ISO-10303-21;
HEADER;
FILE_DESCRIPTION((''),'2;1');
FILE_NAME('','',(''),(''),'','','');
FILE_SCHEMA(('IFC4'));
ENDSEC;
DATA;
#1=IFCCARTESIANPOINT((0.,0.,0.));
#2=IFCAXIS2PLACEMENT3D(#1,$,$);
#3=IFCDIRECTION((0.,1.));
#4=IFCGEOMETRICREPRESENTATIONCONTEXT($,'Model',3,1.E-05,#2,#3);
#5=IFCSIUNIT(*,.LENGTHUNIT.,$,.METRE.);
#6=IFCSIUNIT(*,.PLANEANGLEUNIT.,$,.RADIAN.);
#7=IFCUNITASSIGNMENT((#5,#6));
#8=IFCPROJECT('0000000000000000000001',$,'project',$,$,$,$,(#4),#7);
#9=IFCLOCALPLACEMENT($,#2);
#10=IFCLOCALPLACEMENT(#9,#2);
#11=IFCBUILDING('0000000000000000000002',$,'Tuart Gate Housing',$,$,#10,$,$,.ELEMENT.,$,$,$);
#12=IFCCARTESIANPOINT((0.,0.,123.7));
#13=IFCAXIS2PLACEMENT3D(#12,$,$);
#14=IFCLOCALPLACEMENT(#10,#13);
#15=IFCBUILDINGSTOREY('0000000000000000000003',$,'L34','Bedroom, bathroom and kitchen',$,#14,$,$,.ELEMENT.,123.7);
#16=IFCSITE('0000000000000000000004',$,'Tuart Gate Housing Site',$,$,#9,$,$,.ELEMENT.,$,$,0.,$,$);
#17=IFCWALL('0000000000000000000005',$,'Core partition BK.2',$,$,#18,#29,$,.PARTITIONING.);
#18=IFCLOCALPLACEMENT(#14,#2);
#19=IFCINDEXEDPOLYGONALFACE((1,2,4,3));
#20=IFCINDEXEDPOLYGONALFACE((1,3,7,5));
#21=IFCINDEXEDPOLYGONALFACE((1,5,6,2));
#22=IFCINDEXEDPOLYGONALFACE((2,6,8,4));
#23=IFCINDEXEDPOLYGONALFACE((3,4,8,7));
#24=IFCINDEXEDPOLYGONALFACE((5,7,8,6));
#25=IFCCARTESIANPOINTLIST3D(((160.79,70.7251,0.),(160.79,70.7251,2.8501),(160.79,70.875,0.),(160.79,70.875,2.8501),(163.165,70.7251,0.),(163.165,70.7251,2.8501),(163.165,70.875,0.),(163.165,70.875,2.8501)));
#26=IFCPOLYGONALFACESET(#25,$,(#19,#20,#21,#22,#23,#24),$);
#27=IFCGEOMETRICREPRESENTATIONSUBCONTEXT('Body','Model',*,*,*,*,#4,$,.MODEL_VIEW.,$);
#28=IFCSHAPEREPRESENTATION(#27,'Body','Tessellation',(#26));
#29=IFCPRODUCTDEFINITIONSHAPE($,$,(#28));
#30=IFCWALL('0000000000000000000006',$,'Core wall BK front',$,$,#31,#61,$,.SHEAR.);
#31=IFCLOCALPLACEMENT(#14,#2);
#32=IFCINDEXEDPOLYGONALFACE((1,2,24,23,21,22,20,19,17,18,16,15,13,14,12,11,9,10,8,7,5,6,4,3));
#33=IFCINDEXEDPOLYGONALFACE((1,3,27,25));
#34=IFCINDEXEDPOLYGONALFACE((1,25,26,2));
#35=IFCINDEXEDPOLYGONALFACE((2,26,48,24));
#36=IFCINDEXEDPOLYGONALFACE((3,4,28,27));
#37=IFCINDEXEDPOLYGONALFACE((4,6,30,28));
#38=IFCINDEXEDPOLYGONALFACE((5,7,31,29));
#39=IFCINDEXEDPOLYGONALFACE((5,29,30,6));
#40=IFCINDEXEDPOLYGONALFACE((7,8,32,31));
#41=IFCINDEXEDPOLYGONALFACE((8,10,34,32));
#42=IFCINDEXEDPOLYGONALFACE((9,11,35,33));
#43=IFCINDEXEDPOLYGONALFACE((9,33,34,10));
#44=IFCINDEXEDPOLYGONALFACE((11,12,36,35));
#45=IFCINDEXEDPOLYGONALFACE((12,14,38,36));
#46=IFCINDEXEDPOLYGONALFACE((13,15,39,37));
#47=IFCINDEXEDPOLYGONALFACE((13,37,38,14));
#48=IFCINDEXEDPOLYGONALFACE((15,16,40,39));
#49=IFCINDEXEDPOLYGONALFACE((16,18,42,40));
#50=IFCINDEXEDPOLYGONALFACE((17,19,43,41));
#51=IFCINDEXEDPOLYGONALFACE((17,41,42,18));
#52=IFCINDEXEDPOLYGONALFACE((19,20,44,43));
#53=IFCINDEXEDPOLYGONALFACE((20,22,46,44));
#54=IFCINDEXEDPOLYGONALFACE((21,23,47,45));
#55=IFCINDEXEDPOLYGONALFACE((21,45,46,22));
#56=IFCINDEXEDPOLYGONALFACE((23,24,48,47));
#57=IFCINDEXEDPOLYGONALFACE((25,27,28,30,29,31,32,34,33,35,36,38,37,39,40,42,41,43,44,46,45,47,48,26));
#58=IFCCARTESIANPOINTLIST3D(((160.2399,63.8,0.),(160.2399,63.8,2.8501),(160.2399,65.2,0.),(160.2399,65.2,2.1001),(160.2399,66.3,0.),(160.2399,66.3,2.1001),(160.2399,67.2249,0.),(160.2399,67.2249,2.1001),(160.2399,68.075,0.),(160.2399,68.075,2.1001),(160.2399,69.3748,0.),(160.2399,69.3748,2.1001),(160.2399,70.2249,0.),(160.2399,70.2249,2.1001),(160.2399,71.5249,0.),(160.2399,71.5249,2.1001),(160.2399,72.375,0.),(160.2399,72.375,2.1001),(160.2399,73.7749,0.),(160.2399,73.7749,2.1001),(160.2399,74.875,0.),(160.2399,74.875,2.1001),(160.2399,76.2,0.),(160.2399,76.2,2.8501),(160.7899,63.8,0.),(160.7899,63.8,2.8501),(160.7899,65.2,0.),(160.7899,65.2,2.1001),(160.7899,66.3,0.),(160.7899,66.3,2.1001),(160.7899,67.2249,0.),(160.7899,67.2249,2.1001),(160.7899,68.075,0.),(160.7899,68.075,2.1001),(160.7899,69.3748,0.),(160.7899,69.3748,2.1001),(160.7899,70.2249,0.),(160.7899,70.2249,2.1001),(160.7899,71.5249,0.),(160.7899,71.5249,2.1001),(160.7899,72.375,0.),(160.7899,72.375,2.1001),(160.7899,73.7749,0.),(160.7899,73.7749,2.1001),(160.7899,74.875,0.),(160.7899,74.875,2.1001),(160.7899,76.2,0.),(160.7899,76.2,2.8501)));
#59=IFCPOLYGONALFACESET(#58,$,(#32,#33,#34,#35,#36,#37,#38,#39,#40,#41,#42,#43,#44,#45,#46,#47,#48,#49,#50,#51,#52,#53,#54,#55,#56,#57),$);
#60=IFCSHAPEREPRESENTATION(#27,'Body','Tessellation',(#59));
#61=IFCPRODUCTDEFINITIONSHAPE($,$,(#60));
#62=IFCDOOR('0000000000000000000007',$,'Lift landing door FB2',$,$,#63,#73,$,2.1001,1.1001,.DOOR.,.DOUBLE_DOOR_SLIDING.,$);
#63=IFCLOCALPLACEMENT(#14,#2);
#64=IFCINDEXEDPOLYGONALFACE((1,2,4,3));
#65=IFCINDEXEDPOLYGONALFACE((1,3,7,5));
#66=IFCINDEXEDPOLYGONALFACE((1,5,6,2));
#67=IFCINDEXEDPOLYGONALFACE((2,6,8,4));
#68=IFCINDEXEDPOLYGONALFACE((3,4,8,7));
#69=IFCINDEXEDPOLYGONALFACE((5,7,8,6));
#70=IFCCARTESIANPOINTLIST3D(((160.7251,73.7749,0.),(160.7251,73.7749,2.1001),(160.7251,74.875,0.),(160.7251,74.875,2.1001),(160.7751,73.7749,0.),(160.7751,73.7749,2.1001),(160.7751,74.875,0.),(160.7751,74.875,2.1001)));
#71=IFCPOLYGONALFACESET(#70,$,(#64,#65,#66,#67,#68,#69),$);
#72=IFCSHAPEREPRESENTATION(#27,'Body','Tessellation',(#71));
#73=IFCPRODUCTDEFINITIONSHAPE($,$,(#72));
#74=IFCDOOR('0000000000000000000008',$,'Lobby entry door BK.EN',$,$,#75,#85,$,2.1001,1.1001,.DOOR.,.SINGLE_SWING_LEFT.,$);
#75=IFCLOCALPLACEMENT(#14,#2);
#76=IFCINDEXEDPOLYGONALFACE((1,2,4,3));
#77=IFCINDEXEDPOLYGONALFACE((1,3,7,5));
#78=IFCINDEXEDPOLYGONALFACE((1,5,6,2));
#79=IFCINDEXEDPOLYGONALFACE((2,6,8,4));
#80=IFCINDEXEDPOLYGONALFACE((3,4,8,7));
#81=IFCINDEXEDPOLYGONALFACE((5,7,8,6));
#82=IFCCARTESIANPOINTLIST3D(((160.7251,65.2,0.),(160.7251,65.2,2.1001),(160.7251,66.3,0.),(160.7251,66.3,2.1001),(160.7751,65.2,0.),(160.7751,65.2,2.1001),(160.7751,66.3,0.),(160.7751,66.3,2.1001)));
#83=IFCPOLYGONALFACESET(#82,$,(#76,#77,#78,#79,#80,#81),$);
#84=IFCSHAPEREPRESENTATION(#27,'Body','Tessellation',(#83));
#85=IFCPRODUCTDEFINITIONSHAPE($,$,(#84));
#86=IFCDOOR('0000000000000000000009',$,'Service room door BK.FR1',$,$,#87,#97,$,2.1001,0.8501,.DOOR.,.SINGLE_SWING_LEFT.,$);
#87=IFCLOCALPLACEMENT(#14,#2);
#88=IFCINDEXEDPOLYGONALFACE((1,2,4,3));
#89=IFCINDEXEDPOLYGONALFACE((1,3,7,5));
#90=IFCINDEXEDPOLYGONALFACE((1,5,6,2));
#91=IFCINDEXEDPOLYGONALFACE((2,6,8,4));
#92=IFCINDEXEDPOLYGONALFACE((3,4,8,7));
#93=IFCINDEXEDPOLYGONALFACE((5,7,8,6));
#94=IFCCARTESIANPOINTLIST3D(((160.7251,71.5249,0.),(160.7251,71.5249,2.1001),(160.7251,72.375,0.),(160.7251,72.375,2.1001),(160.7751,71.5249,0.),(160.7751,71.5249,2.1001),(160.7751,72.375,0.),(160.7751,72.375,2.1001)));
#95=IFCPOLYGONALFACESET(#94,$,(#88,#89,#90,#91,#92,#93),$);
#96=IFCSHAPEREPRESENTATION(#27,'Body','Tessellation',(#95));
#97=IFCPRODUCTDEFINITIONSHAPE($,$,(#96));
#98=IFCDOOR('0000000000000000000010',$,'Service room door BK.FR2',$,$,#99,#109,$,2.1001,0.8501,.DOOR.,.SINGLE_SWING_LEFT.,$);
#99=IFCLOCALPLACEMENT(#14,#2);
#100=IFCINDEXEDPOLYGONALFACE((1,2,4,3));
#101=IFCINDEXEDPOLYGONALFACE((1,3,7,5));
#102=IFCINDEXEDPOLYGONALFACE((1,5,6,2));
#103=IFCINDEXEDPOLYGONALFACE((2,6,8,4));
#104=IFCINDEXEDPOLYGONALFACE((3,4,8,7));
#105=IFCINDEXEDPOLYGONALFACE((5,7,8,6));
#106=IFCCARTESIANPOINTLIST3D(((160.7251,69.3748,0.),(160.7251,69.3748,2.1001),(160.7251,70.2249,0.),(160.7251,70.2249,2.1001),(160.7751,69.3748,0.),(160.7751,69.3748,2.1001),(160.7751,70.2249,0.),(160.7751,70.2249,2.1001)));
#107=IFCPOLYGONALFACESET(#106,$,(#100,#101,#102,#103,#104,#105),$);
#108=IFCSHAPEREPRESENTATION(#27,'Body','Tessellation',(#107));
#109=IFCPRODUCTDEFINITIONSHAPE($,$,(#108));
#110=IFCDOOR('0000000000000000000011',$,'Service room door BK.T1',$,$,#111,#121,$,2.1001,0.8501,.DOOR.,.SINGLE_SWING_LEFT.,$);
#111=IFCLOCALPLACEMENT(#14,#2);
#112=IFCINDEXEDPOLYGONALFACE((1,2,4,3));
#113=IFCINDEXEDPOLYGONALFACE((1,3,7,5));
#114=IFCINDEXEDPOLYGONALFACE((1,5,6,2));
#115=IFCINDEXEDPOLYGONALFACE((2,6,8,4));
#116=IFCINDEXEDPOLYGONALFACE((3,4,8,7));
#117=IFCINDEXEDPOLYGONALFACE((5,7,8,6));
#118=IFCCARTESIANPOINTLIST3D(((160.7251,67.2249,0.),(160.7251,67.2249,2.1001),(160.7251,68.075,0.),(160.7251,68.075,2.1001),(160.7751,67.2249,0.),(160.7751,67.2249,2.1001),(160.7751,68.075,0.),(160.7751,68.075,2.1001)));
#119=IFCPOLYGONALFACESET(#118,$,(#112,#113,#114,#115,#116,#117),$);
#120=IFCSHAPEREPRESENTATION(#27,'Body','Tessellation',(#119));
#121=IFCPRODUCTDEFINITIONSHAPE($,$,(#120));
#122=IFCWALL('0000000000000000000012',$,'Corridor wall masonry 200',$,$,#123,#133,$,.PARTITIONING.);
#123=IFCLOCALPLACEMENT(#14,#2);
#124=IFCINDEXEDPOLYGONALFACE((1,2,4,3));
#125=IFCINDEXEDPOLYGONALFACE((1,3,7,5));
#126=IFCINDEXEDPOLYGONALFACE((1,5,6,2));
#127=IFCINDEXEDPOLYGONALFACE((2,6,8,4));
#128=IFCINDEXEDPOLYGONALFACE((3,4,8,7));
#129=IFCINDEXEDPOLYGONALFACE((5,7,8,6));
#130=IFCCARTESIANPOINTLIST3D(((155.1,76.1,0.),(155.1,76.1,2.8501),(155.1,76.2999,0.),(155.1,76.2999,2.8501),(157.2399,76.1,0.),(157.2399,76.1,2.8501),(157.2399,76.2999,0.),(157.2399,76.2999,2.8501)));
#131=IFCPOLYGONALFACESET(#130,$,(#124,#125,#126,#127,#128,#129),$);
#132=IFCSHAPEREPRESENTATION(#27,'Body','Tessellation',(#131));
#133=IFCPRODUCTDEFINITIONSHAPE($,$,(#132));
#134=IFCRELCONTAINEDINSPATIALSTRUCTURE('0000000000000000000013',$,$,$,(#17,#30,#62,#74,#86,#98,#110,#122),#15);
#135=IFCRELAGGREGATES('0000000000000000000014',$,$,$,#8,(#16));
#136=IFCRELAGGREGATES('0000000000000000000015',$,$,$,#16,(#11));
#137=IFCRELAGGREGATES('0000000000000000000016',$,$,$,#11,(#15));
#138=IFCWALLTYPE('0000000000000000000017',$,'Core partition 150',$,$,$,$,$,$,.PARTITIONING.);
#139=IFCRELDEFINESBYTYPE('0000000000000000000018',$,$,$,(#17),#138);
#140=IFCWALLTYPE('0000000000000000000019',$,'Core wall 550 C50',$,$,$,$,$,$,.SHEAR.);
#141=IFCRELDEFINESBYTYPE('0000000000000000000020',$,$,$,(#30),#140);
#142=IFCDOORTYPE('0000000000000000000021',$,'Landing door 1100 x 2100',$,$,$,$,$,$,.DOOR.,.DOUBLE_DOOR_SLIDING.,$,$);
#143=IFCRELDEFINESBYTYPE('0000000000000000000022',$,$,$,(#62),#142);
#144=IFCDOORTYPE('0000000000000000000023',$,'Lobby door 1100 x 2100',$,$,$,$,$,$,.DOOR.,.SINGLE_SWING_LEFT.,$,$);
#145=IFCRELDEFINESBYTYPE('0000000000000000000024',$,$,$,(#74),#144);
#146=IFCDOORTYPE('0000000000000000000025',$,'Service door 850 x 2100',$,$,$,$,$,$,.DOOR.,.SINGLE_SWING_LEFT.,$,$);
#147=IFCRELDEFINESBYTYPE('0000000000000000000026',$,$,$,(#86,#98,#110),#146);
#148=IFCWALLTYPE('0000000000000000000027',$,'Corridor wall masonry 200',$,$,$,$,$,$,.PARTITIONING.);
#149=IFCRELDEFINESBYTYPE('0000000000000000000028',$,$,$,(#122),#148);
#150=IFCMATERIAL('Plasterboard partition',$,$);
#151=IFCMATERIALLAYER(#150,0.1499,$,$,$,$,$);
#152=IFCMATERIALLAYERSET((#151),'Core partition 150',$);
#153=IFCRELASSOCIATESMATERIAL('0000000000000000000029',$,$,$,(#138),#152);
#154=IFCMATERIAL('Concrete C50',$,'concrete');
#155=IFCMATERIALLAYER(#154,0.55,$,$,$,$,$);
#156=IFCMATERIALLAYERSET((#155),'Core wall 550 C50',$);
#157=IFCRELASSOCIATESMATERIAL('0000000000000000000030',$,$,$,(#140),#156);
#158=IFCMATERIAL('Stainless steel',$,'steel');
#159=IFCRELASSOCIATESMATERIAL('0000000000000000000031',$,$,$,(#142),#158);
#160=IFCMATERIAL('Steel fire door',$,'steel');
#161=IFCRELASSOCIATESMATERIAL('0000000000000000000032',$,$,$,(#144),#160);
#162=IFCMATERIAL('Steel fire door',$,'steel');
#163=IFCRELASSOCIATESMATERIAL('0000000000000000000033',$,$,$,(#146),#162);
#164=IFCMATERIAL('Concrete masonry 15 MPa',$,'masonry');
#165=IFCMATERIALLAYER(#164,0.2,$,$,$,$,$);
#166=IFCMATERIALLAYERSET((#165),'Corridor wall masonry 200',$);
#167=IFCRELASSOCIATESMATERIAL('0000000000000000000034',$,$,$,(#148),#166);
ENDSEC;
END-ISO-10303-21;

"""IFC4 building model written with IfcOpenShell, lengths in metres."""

from ifc_helpers import new_model, si_unit, direction, frame, frame_2d, origin, place, context, subcontext, project, spatial, rectangle, extrude, material, layer, layer_set, type_object, element, fill, save


model = new_model("IFC4")

# Units and contexts
model_context = context("Model", 3, precision=1e-05, world=origin(), true_north=direction((0.0, 1.0)))
body_context = subcontext(model_context, "Body", "Model", "MODEL_VIEW")
ifc_project = project(units=[si_unit("LENGTHUNIT", "METRE"), si_unit("PLANEANGLEUNIT", "RADIAN")], contexts=[model_context])

# Site, building, storey
site_placement = place(None, origin())
site = spatial("IfcSite", under=ifc_project, at=site_placement, Name="Tuart Gate Housing Site", CompositionType="ELEMENT", RefElevation=0.0)
building_placement = place(site_placement, origin())
building = spatial("IfcBuilding", under=site, at=building_placement, Name="Tuart Gate Housing", CompositionType="ELEMENT")
storey_placement = place(building_placement, frame((0.0, 0.0, 123.7)))
storey = spatial("IfcBuildingStorey", under=building, at=storey_placement, Name="L34", Description="Bedroom, bathroom and kitchen", CompositionType="ELEMENT", Elevation=123.7)

# Wall
ifc_material_1 = material(Name="Plasterboard partition")
ifc_layer_1 = layer(ifc_material_1, 0.1499)
ifc_layer_set_1 = layer_set([ifc_layer_1], Name="Core partition 150")
wall_type_1 = type_object("IfcWallType", Name="Core partition 150", PredefinedType="PARTITIONING", material=ifc_layer_set_1)
wall_1_placement = place(storey_placement, frame((160.79, 70.8, 0.0), z_axis=(0.0, 0.0, 1.0), x_axis=(1.0, 0.0, 0.0)))
element("IfcWall", 1, at=wall_1_placement, inside=storey, type_object=wall_type_1, Name="Core partition BK.2", PredefinedType="PARTITIONING", context=body_context, shape_type="SweptSolid", body=[
    extrude(rectangle(XDim=2.375, YDim=0.1499, at=frame_2d((1.1875, 0.0))), origin(), (0.0, 0.0, 1.0), 2.8501),
])

# Wall, openings, doors
ifc_material_2 = material(Name="Concrete C50", Category="concrete")
ifc_layer_2 = layer(ifc_material_2, 0.55)
ifc_layer_set_2 = layer_set([ifc_layer_2], Name="Core wall 550 C50")
wall_type_2 = type_object("IfcWallType", Name="Core wall 550 C50", PredefinedType="SHEAR", material=ifc_layer_set_2)
wall_2_placement = place(storey_placement, frame((160.5149, 76.2, 0.0), z_axis=(0.0, 0.0, 1.0), x_axis=(0.0, -1.0, 0.0)))
wall_2 = element("IfcWall", 2, at=wall_2_placement, inside=storey, type_object=wall_type_2, Name="Core wall BK front", PredefinedType="SHEAR", context=body_context, shape_type="SweptSolid", body=[
    extrude(rectangle(XDim=12.3999, YDim=0.55, at=frame_2d((6.2, 0.0))), origin(), (0.0, 0.0, 1.0), 2.8501),
])
opening_1_placement = place(wall_2_placement, frame((1.325, 0.0, 0.0)))
opening_1 = element("IfcOpeningElement", 3, at=opening_1_placement, cuts=wall_2, PredefinedType="OPENING", context=body_context, shape_type="SweptSolid", body=[
    extrude(rectangle(XDim=1.1001, YDim=2.1001, at=frame_2d((0.55, 1.05))), frame((0.0, 0.2849, 0.0), z_axis=(0.0, -1.0, 0.0), x_axis=(1.0, 0.0, 0.0)), (0.0, 0.0, 1.0), 0.5701),
])
opening_2_placement = place(wall_2_placement, frame((3.825, 0.0, 0.0)))
opening_2 = element("IfcOpeningElement", 4, at=opening_2_placement, cuts=wall_2, PredefinedType="OPENING", context=body_context, shape_type="SweptSolid", body=[
    extrude(rectangle(XDim=0.8501, YDim=2.1001, at=frame_2d((0.425, 1.05))), frame((0.0, 0.2849, 0.0), z_axis=(0.0, -1.0, 0.0), x_axis=(1.0, 0.0, 0.0)), (0.0, 0.0, 1.0), 0.5701),
])
opening_3_placement = place(wall_2_placement, frame((5.9751, 0.0, 0.0)))
opening_3 = element("IfcOpeningElement", 5, at=opening_3_placement, cuts=wall_2, PredefinedType="OPENING", context=body_context, shape_type="SweptSolid", body=[
    extrude(rectangle(XDim=0.8501, YDim=2.1001, at=frame_2d((0.425, 1.05))), frame((0.0, 0.2849, 0.0), z_axis=(0.0, -1.0, 0.0), x_axis=(1.0, 0.0, 0.0)), (0.0, 0.0, 1.0), 0.5701),
])
opening_4_placement = place(wall_2_placement, frame((9.8999, 0.0, 0.0)))
opening_4 = element("IfcOpeningElement", 6, at=opening_4_placement, cuts=wall_2, PredefinedType="OPENING", context=body_context, shape_type="SweptSolid", body=[
    extrude(rectangle(XDim=1.1001, YDim=2.1001, at=frame_2d((0.55, 1.05))), frame((0.0, 0.2849, 0.0), z_axis=(0.0, -1.0, 0.0), x_axis=(1.0, 0.0, 0.0)), (0.0, 0.0, 1.0), 0.5701),
])
opening_5_placement = place(wall_2_placement, frame((8.125, 0.0, 0.0)))
opening_5 = element("IfcOpeningElement", 7, at=opening_5_placement, cuts=wall_2, PredefinedType="OPENING", context=body_context, shape_type="SweptSolid", body=[
    extrude(rectangle(XDim=0.8501, YDim=2.1001, at=frame_2d((0.425, 1.05))), frame((0.0, 0.2849, 0.0), z_axis=(0.0, -1.0, 0.0), x_axis=(1.0, 0.0, 0.0)), (0.0, 0.0, 1.0), 0.5701),
])
ifc_material_3 = material(Name="Stainless steel", Category="steel")
door_type_1 = type_object("IfcDoorType", Name="Landing door 1100 x 2100", OperationType="DOUBLE_DOOR_SLIDING", PredefinedType="DOOR", material=ifc_material_3)
door_1_placement = place(opening_1_placement, origin())
door_1 = element("IfcDoor", 8, at=door_1_placement, inside=storey, type_object=door_type_1, Name="Lift landing door FB2", OperationType="DOUBLE_DOOR_SLIDING", OverallHeight=2.1001, OverallWidth=1.1001, PredefinedType="DOOR", context=body_context, shape_type="SweptSolid", body=[
    extrude(rectangle(XDim=1.1001, YDim=2.1001, at=frame_2d((0.55, 1.05))), frame((0.0, 0.2603, 0.0), z_axis=(0.0, -1.0, 0.0), x_axis=(1.0, 0.0, 0.0)), (0.0, 0.0, 1.0), 0.05),
])
fill(opening_1, door_1)
ifc_material_4 = material(Name="Steel fire door", Category="steel")
door_type_2 = type_object("IfcDoorType", Name="Lobby door 1100 x 2100", OperationType="SINGLE_SWING_LEFT", PredefinedType="DOOR", material=ifc_material_4)
door_2_placement = place(opening_4_placement, origin())
door_2 = element("IfcDoor", 9, at=door_2_placement, inside=storey, type_object=door_type_2, Name="Lobby entry door BK.EN", OperationType="SINGLE_SWING_LEFT", OverallHeight=2.1001, OverallWidth=1.1001, PredefinedType="DOOR", context=body_context, shape_type="SweptSolid", body=[
    extrude(rectangle(XDim=1.1001, YDim=2.1001, at=frame_2d((0.55, 1.05))), frame((0.0, 0.2603, 0.0), z_axis=(0.0, -1.0, 0.0), x_axis=(1.0, 0.0, 0.0)), (0.0, 0.0, 1.0), 0.05),
])
fill(opening_4, door_2)
ifc_material_5 = material(Name="Steel fire door", Category="steel")
door_type_3 = type_object("IfcDoorType", Name="Service door 850 x 2100", OperationType="SINGLE_SWING_LEFT", PredefinedType="DOOR", material=ifc_material_5)
door_3_placement = place(opening_2_placement, origin())
door_3 = element("IfcDoor", 10, at=door_3_placement, inside=storey, type_object=door_type_3, Name="Service room door BK.FR1", OperationType="SINGLE_SWING_LEFT", OverallHeight=2.1001, OverallWidth=0.8501, PredefinedType="DOOR", context=body_context, shape_type="SweptSolid", body=[
    extrude(rectangle(XDim=0.8501, YDim=2.1001, at=frame_2d((0.425, 1.05))), frame((0.0, 0.2603, 0.0), z_axis=(0.0, -1.0, 0.0), x_axis=(1.0, 0.0, 0.0)), (0.0, 0.0, 1.0), 0.05),
])
fill(opening_2, door_3)
door_4_placement = place(opening_3_placement, origin())
door_4 = element("IfcDoor", 11, at=door_4_placement, inside=storey, type_object=door_type_3, Name="Service room door BK.FR2", OperationType="SINGLE_SWING_LEFT", OverallHeight=2.1001, OverallWidth=0.8501, PredefinedType="DOOR", context=body_context, shape_type="SweptSolid", body=[
    extrude(rectangle(XDim=0.8501, YDim=2.1001, at=frame_2d((0.425, 1.05))), frame((0.0, 0.2603, 0.0), z_axis=(0.0, -1.0, 0.0), x_axis=(1.0, 0.0, 0.0)), (0.0, 0.0, 1.0), 0.05),
])
fill(opening_3, door_4)
door_5_placement = place(opening_5_placement, origin())
door_5 = element("IfcDoor", 12, at=door_5_placement, inside=storey, type_object=door_type_3, Name="Service room door BK.T1", OperationType="SINGLE_SWING_LEFT", OverallHeight=2.1001, OverallWidth=0.8501, PredefinedType="DOOR", context=body_context, shape_type="SweptSolid", body=[
    extrude(rectangle(XDim=0.8501, YDim=2.1001, at=frame_2d((0.425, 1.05))), frame((0.0, 0.2603, 0.0), z_axis=(0.0, -1.0, 0.0), x_axis=(1.0, 0.0, 0.0)), (0.0, 0.0, 1.0), 0.05),
])
fill(opening_5, door_5)

# Wall
ifc_material_6 = material(Name="Concrete masonry 15 MPa", Category="masonry")
ifc_layer_3 = layer(ifc_material_6, 0.2)
ifc_layer_set_3 = layer_set([ifc_layer_3], Name="Corridor wall masonry 200")
wall_type_3 = type_object("IfcWallType", Name="Corridor wall masonry 200", PredefinedType="PARTITIONING", material=ifc_layer_set_3)
wall_3_placement = place(storey_placement, frame((155.1001, 76.2, 0.0), z_axis=(0.0, 0.0, 1.0), x_axis=(1.0, 0.0, 0.0)))
element("IfcWall", 13, at=wall_3_placement, inside=storey, type_object=wall_type_3, Name="Corridor wall masonry 200", PredefinedType="PARTITIONING", context=body_context, shape_type="SweptSolid", body=[
    extrude(rectangle(XDim=2.1399, YDim=0.2, at=frame_2d((1.0698, 0.0))), origin(), (0.0, 0.0, 1.0), 2.8501),
])

save(model, "model.ifc")
